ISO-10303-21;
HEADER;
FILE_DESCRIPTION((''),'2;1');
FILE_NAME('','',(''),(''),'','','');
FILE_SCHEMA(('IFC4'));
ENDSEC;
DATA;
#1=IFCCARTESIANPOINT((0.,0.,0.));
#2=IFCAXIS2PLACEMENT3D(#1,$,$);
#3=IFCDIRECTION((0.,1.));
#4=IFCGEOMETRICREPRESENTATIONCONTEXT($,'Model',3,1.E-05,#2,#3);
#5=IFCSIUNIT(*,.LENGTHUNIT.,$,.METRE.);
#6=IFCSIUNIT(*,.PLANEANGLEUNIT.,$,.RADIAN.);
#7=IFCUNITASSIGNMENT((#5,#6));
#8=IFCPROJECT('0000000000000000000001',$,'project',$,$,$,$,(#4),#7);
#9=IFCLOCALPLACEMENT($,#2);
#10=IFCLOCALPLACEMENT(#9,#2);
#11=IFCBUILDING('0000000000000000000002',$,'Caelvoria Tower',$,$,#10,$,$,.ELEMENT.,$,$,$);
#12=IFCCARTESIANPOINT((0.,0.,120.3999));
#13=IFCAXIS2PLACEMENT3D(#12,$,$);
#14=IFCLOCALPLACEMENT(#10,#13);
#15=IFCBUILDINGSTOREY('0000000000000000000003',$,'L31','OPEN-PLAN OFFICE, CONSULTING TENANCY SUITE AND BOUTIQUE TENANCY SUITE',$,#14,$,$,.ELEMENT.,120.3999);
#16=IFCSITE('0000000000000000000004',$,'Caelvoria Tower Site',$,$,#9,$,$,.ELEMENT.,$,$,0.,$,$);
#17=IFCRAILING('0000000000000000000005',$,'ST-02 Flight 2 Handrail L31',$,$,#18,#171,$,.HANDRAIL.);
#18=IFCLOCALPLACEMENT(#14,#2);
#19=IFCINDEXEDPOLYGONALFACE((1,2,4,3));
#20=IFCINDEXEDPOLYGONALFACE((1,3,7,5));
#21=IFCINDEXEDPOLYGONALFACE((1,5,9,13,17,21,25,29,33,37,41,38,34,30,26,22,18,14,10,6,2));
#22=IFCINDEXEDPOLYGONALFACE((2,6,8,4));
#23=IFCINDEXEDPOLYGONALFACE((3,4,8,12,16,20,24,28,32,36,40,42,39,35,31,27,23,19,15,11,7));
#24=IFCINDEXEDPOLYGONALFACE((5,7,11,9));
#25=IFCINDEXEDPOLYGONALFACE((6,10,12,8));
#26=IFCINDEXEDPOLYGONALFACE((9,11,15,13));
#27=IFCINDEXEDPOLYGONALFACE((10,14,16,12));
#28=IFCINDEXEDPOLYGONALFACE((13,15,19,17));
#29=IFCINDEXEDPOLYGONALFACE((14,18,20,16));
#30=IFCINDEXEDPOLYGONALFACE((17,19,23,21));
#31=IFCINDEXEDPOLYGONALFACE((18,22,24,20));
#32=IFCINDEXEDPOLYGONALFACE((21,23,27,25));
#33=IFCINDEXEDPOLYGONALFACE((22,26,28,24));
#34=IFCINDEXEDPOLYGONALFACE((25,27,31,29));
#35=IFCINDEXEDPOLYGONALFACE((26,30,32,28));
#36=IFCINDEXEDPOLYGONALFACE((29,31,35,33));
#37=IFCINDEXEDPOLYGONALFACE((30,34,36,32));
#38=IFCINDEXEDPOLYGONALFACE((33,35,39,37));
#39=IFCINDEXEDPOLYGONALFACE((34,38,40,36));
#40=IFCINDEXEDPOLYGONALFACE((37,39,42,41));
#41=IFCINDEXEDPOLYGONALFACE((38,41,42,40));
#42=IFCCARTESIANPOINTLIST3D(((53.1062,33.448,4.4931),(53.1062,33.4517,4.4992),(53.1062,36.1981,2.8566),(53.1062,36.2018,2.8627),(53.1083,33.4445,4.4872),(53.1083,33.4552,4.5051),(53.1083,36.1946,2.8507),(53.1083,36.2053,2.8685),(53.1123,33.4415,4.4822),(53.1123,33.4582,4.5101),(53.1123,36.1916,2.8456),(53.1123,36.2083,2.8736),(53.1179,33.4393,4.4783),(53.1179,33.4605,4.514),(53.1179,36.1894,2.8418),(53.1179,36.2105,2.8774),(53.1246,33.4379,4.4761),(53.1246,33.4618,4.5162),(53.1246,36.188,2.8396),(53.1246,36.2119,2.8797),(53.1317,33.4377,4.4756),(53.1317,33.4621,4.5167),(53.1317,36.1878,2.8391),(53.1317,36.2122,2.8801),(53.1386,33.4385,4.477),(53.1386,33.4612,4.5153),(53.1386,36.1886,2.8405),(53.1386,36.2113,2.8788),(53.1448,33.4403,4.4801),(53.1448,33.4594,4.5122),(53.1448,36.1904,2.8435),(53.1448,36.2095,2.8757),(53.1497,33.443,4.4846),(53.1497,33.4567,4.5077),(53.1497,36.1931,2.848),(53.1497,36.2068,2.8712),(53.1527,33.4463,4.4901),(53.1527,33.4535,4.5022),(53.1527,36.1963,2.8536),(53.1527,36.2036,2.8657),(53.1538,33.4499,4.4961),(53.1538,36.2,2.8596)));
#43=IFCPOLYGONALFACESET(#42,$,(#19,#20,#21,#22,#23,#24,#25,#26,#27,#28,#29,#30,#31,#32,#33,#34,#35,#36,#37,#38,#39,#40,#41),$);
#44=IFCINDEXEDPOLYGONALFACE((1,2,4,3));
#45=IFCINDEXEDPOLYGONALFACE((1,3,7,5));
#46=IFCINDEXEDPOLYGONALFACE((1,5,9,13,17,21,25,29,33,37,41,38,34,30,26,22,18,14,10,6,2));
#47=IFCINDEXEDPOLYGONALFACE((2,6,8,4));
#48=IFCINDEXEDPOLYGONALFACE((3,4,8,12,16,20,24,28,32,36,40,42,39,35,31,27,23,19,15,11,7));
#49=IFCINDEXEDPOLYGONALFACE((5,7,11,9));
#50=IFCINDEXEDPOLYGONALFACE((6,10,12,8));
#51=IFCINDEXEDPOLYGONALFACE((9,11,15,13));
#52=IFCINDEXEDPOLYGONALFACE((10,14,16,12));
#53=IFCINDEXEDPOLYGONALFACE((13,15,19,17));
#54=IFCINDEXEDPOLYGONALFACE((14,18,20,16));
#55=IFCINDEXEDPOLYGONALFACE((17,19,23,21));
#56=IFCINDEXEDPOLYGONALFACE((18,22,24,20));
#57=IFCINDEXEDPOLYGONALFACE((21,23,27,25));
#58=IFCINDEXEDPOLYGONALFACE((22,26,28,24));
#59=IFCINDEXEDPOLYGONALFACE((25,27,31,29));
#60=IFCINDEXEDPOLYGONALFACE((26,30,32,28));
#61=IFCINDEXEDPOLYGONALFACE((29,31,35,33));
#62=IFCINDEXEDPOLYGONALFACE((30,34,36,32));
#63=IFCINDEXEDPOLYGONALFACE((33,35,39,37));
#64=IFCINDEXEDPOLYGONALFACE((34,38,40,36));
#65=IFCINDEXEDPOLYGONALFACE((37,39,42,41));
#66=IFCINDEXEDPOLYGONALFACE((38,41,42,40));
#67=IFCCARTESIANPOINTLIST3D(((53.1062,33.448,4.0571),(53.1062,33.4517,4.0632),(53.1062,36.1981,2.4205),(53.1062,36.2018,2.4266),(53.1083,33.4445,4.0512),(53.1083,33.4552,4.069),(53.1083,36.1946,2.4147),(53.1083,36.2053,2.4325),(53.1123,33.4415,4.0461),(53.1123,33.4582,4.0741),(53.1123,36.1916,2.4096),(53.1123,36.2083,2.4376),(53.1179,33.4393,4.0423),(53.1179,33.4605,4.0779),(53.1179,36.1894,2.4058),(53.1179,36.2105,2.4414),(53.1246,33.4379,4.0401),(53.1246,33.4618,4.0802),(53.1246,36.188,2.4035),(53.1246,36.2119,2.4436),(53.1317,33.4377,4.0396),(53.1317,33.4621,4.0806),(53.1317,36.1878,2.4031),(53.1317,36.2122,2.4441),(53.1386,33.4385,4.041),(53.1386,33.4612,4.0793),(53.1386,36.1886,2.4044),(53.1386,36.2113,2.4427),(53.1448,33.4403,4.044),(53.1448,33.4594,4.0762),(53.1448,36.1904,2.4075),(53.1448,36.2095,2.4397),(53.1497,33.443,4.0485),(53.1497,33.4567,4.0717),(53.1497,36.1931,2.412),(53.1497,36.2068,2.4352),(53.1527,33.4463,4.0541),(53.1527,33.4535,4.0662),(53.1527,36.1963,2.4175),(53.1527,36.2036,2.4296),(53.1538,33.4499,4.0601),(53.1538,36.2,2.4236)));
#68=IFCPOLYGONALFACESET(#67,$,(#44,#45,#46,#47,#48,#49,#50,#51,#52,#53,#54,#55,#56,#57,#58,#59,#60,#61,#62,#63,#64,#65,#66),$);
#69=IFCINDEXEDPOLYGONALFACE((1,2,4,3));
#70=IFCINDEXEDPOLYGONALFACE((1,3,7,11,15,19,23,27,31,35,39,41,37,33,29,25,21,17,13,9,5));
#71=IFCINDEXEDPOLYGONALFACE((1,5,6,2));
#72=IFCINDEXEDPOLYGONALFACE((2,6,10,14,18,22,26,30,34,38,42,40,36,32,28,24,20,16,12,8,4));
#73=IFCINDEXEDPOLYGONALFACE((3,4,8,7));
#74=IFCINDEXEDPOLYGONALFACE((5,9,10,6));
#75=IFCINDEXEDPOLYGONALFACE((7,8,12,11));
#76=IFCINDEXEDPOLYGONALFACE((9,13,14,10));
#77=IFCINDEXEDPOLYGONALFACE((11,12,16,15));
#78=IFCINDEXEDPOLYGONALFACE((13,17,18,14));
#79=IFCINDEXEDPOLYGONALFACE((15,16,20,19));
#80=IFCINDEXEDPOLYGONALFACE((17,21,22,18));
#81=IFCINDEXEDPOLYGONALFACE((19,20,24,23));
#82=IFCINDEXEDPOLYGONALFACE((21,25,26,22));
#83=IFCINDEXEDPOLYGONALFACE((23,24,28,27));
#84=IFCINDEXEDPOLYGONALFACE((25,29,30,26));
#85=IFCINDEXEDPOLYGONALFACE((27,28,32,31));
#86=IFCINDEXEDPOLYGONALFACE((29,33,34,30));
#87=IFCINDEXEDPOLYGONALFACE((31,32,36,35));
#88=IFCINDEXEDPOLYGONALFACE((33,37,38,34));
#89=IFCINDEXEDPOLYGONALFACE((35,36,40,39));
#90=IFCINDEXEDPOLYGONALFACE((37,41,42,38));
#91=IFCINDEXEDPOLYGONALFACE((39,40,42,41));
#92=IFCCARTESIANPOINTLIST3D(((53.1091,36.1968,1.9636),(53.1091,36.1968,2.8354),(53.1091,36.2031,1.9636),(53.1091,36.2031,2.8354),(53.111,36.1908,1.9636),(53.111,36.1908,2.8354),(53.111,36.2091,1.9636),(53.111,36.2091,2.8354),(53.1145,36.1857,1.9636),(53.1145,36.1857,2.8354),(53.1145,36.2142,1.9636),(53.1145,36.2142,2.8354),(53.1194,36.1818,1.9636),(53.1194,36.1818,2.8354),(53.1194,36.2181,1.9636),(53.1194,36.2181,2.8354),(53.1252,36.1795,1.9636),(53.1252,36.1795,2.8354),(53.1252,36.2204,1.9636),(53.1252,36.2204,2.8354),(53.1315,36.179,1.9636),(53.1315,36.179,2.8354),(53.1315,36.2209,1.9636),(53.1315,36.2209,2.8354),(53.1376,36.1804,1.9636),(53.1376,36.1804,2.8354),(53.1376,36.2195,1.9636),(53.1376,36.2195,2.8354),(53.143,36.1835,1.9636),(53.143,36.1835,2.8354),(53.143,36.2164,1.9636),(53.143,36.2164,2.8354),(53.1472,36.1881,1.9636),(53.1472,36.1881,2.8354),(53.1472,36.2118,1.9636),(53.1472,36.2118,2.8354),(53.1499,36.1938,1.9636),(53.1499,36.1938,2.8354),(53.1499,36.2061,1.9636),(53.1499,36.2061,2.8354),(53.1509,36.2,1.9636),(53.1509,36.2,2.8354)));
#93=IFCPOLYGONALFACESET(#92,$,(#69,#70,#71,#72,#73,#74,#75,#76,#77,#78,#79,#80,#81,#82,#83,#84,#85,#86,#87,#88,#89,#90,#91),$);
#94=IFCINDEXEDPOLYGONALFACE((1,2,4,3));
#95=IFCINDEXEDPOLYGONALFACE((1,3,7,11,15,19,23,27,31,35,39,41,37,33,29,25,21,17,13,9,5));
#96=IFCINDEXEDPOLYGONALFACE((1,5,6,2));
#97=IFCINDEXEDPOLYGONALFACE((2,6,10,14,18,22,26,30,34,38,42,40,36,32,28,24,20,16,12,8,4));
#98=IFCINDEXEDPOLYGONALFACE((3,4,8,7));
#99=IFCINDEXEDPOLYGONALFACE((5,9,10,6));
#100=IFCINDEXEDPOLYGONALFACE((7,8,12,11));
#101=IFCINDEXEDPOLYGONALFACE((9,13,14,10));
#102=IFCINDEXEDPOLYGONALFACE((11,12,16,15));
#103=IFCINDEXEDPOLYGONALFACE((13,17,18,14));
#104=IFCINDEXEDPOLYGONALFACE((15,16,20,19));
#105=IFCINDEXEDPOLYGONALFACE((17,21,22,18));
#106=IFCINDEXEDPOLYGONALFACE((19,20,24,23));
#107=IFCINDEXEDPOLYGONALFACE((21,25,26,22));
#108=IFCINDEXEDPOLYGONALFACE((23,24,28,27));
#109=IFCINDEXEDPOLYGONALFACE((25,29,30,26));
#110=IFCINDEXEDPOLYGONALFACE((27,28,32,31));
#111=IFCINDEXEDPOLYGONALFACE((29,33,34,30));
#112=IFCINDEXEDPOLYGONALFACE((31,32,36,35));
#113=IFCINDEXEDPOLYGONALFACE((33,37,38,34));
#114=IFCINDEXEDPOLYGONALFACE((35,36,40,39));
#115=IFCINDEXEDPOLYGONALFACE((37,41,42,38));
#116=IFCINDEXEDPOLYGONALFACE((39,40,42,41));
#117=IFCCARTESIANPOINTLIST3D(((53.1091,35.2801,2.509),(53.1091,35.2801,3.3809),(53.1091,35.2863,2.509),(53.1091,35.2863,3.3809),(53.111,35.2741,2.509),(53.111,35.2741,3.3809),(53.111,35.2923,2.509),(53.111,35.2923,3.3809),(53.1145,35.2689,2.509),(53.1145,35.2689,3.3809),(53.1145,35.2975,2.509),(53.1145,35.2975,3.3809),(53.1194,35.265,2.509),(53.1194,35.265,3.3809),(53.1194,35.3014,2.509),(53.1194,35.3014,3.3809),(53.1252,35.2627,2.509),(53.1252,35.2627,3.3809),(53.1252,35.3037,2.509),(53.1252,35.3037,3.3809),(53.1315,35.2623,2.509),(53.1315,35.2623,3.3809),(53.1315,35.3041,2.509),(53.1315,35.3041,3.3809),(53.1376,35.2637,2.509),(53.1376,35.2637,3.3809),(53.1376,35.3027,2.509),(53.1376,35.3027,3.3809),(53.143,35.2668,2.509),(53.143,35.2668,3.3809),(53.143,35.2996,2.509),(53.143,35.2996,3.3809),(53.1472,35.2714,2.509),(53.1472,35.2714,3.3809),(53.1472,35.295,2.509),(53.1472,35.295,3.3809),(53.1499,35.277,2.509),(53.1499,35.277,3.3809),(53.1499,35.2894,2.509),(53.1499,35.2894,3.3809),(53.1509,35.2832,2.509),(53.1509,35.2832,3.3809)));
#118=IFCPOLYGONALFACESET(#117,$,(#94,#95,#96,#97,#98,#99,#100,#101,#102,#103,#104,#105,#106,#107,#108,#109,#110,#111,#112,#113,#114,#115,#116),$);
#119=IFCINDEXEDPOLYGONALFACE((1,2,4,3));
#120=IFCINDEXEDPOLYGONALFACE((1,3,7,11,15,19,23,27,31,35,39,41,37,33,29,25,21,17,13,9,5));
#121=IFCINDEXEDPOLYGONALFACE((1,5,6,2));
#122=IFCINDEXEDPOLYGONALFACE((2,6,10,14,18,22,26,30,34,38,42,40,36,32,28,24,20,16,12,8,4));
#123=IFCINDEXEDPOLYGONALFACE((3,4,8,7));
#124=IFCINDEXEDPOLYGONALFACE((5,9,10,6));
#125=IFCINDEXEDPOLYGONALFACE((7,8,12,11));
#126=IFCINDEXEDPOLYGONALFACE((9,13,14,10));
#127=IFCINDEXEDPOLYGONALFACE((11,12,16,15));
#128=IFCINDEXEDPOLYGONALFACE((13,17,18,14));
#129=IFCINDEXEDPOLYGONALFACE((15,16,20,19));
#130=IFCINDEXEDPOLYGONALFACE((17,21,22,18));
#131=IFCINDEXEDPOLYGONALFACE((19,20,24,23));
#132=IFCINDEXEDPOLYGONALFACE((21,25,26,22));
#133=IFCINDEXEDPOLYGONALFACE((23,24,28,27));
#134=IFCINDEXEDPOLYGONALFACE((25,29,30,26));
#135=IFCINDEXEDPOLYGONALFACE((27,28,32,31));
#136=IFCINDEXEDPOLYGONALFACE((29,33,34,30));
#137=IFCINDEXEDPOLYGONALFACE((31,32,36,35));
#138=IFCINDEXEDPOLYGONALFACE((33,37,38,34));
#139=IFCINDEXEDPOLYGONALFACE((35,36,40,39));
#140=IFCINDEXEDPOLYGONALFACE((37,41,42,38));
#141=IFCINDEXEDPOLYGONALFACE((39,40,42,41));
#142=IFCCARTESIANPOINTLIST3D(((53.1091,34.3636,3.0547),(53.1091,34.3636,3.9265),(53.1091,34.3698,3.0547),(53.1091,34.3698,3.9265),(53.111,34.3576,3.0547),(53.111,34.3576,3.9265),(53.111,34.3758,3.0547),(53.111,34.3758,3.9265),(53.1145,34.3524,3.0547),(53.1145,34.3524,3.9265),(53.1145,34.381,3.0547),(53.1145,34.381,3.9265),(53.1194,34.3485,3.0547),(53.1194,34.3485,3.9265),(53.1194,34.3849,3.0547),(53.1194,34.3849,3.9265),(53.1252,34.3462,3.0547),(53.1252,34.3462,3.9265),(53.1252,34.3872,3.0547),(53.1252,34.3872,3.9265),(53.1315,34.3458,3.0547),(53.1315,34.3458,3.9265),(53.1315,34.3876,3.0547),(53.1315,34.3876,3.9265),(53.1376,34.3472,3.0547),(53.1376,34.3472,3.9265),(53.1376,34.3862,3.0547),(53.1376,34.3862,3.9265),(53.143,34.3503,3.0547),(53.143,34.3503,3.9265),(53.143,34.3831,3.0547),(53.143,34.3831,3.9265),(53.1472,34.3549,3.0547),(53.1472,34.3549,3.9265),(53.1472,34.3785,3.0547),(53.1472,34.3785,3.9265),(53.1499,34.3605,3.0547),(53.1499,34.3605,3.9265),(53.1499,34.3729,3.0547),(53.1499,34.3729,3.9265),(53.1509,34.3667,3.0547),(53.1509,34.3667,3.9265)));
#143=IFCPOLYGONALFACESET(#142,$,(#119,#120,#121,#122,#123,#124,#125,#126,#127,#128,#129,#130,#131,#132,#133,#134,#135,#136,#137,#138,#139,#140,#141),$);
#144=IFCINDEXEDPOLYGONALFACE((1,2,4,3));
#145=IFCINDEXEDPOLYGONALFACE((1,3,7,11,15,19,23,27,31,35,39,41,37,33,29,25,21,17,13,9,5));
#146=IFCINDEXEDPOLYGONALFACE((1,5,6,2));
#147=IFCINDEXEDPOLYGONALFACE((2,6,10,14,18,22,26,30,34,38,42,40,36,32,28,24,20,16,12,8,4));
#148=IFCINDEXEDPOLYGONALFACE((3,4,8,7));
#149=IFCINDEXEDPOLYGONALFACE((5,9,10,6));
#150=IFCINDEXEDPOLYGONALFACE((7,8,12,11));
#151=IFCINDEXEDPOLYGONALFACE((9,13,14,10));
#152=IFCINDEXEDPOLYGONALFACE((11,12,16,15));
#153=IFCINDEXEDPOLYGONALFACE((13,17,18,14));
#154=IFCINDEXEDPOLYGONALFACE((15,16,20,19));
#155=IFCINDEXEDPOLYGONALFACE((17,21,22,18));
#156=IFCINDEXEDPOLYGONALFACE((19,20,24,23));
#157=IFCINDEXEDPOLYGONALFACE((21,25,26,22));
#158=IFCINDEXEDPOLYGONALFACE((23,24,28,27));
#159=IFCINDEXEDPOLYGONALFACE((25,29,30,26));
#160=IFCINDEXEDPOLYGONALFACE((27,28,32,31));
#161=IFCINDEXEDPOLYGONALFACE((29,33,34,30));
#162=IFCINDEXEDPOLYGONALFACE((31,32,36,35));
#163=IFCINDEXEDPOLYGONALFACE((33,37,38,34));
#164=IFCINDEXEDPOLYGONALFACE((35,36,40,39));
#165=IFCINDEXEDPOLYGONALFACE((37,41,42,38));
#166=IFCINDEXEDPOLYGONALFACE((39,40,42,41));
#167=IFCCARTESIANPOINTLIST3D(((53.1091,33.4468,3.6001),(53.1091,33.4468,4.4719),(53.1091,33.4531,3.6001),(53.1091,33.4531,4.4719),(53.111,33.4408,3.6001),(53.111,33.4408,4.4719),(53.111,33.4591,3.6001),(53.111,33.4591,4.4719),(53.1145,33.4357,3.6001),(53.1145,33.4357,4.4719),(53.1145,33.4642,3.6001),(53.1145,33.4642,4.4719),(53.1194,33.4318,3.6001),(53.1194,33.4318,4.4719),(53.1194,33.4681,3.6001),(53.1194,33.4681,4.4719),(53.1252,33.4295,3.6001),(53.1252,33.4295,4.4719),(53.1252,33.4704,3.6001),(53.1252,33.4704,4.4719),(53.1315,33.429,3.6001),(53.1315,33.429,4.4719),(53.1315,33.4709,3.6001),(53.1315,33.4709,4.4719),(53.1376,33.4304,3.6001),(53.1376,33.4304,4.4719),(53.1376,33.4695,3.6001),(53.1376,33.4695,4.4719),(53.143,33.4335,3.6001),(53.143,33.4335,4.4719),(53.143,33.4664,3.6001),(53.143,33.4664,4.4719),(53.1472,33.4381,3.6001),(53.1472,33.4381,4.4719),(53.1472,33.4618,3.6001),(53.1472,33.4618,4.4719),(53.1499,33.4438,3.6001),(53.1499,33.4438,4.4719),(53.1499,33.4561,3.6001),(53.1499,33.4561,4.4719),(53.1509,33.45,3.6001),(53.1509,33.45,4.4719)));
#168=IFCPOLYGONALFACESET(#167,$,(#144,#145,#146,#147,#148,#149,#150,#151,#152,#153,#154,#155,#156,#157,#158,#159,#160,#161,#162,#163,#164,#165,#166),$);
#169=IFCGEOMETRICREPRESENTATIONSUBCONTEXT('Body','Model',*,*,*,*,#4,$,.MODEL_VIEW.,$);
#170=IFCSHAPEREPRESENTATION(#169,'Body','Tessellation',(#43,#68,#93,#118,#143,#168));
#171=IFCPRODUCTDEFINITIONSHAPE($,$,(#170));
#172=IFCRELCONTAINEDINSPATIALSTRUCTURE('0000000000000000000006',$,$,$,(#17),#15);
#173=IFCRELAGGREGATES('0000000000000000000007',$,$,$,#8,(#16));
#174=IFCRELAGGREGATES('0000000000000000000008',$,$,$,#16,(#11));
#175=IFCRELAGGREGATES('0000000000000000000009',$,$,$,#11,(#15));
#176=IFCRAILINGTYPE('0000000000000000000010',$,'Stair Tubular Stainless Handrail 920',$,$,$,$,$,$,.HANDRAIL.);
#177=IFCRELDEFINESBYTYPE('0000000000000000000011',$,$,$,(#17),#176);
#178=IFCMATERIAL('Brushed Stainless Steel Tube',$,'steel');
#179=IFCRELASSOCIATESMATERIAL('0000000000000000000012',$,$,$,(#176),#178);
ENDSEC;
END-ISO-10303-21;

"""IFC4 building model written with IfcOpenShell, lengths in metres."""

from ifc_helpers import new_model, si_unit, direction, frame, origin, origin_2d, place, context, subcontext, project, spatial, circle, extrude, material, type_object, element, save


model = new_model("IFC4")

# Units and contexts
model_context = context("Model", 3, precision=1e-05, world=origin(), true_north=direction((0.0, 1.0)))
body_context = subcontext(model_context, "Body", "Model", "MODEL_VIEW")
ifc_project = project(units=[si_unit("LENGTHUNIT", "METRE"), si_unit("PLANEANGLEUNIT", "RADIAN")], contexts=[model_context])

# Site, building, storey
site_placement = place(None, origin())
site = spatial("IfcSite", under=ifc_project, at=site_placement, Name="Caelvoria Tower Site", CompositionType="ELEMENT", RefElevation=0.0)
building_placement = place(site_placement, origin())
building = spatial("IfcBuilding", under=site, at=building_placement, Name="Caelvoria Tower", CompositionType="ELEMENT")
storey_placement = place(building_placement, frame((0.0, 0.0, 120.3999)))
storey = spatial("IfcBuildingStorey", under=building, at=storey_placement, Name="L31", Description="OPEN-PLAN OFFICE, CONSULTING TENANCY SUITE AND BOUTIQUE TENANCY SUITE", CompositionType="ELEMENT", Elevation=120.3999)

# Railing
ifc_material_1 = material(Name="Brushed Stainless Steel Tube", Category="steel")
railing_type_1 = type_object("IfcRailingType", Name="Stair Tubular Stainless Handrail 920", PredefinedType="HANDRAIL", material=ifc_material_1)
railing_1_placement = place(storey_placement, frame((53.1299, 36.2, 1.9636)))
element("IfcRailing", 1, at=railing_1_placement, inside=storey, type_object=railing_type_1, Name="ST-02 Flight 2 Handrail L31", PredefinedType="HANDRAIL", context=body_context, shape_type="SweptSolid", body=[
    extrude(circle(Radius=0.0239, at=origin_2d()), frame((0.0, 0.0, 0.896), z_axis=(0.0, -0.859352, 0.511385), x_axis=(1.0, 0.0, 0.0)), (0.0, 0.0, 1.0), 3.2002),
    extrude(circle(Radius=0.0239, at=origin_2d()), frame((0.0, 0.0, 0.46), z_axis=(0.0, -0.859352, 0.511385), x_axis=(1.0, 0.0, 0.0)), (0.0, 0.0, 1.0), 3.2002),
    extrude(circle(Radius=0.021, at=origin_2d()), origin(), (0.0, 0.0, 1.0), 0.8718),
    extrude(circle(Radius=0.021, at=origin_2d()), frame((0.0, -0.9167, 0.5454)), (0.0, 0.0, 1.0), 0.8718),
    extrude(circle(Radius=0.021, at=origin_2d()), frame((0.0, -1.8333, 1.0911)), (0.0, 0.0, 1.0), 0.8718),
    extrude(circle(Radius=0.021, at=origin_2d()), frame((0.0, -2.75, 1.6365)), (0.0, 0.0, 1.0), 0.8718),
])

save(model, "model.ifc")
